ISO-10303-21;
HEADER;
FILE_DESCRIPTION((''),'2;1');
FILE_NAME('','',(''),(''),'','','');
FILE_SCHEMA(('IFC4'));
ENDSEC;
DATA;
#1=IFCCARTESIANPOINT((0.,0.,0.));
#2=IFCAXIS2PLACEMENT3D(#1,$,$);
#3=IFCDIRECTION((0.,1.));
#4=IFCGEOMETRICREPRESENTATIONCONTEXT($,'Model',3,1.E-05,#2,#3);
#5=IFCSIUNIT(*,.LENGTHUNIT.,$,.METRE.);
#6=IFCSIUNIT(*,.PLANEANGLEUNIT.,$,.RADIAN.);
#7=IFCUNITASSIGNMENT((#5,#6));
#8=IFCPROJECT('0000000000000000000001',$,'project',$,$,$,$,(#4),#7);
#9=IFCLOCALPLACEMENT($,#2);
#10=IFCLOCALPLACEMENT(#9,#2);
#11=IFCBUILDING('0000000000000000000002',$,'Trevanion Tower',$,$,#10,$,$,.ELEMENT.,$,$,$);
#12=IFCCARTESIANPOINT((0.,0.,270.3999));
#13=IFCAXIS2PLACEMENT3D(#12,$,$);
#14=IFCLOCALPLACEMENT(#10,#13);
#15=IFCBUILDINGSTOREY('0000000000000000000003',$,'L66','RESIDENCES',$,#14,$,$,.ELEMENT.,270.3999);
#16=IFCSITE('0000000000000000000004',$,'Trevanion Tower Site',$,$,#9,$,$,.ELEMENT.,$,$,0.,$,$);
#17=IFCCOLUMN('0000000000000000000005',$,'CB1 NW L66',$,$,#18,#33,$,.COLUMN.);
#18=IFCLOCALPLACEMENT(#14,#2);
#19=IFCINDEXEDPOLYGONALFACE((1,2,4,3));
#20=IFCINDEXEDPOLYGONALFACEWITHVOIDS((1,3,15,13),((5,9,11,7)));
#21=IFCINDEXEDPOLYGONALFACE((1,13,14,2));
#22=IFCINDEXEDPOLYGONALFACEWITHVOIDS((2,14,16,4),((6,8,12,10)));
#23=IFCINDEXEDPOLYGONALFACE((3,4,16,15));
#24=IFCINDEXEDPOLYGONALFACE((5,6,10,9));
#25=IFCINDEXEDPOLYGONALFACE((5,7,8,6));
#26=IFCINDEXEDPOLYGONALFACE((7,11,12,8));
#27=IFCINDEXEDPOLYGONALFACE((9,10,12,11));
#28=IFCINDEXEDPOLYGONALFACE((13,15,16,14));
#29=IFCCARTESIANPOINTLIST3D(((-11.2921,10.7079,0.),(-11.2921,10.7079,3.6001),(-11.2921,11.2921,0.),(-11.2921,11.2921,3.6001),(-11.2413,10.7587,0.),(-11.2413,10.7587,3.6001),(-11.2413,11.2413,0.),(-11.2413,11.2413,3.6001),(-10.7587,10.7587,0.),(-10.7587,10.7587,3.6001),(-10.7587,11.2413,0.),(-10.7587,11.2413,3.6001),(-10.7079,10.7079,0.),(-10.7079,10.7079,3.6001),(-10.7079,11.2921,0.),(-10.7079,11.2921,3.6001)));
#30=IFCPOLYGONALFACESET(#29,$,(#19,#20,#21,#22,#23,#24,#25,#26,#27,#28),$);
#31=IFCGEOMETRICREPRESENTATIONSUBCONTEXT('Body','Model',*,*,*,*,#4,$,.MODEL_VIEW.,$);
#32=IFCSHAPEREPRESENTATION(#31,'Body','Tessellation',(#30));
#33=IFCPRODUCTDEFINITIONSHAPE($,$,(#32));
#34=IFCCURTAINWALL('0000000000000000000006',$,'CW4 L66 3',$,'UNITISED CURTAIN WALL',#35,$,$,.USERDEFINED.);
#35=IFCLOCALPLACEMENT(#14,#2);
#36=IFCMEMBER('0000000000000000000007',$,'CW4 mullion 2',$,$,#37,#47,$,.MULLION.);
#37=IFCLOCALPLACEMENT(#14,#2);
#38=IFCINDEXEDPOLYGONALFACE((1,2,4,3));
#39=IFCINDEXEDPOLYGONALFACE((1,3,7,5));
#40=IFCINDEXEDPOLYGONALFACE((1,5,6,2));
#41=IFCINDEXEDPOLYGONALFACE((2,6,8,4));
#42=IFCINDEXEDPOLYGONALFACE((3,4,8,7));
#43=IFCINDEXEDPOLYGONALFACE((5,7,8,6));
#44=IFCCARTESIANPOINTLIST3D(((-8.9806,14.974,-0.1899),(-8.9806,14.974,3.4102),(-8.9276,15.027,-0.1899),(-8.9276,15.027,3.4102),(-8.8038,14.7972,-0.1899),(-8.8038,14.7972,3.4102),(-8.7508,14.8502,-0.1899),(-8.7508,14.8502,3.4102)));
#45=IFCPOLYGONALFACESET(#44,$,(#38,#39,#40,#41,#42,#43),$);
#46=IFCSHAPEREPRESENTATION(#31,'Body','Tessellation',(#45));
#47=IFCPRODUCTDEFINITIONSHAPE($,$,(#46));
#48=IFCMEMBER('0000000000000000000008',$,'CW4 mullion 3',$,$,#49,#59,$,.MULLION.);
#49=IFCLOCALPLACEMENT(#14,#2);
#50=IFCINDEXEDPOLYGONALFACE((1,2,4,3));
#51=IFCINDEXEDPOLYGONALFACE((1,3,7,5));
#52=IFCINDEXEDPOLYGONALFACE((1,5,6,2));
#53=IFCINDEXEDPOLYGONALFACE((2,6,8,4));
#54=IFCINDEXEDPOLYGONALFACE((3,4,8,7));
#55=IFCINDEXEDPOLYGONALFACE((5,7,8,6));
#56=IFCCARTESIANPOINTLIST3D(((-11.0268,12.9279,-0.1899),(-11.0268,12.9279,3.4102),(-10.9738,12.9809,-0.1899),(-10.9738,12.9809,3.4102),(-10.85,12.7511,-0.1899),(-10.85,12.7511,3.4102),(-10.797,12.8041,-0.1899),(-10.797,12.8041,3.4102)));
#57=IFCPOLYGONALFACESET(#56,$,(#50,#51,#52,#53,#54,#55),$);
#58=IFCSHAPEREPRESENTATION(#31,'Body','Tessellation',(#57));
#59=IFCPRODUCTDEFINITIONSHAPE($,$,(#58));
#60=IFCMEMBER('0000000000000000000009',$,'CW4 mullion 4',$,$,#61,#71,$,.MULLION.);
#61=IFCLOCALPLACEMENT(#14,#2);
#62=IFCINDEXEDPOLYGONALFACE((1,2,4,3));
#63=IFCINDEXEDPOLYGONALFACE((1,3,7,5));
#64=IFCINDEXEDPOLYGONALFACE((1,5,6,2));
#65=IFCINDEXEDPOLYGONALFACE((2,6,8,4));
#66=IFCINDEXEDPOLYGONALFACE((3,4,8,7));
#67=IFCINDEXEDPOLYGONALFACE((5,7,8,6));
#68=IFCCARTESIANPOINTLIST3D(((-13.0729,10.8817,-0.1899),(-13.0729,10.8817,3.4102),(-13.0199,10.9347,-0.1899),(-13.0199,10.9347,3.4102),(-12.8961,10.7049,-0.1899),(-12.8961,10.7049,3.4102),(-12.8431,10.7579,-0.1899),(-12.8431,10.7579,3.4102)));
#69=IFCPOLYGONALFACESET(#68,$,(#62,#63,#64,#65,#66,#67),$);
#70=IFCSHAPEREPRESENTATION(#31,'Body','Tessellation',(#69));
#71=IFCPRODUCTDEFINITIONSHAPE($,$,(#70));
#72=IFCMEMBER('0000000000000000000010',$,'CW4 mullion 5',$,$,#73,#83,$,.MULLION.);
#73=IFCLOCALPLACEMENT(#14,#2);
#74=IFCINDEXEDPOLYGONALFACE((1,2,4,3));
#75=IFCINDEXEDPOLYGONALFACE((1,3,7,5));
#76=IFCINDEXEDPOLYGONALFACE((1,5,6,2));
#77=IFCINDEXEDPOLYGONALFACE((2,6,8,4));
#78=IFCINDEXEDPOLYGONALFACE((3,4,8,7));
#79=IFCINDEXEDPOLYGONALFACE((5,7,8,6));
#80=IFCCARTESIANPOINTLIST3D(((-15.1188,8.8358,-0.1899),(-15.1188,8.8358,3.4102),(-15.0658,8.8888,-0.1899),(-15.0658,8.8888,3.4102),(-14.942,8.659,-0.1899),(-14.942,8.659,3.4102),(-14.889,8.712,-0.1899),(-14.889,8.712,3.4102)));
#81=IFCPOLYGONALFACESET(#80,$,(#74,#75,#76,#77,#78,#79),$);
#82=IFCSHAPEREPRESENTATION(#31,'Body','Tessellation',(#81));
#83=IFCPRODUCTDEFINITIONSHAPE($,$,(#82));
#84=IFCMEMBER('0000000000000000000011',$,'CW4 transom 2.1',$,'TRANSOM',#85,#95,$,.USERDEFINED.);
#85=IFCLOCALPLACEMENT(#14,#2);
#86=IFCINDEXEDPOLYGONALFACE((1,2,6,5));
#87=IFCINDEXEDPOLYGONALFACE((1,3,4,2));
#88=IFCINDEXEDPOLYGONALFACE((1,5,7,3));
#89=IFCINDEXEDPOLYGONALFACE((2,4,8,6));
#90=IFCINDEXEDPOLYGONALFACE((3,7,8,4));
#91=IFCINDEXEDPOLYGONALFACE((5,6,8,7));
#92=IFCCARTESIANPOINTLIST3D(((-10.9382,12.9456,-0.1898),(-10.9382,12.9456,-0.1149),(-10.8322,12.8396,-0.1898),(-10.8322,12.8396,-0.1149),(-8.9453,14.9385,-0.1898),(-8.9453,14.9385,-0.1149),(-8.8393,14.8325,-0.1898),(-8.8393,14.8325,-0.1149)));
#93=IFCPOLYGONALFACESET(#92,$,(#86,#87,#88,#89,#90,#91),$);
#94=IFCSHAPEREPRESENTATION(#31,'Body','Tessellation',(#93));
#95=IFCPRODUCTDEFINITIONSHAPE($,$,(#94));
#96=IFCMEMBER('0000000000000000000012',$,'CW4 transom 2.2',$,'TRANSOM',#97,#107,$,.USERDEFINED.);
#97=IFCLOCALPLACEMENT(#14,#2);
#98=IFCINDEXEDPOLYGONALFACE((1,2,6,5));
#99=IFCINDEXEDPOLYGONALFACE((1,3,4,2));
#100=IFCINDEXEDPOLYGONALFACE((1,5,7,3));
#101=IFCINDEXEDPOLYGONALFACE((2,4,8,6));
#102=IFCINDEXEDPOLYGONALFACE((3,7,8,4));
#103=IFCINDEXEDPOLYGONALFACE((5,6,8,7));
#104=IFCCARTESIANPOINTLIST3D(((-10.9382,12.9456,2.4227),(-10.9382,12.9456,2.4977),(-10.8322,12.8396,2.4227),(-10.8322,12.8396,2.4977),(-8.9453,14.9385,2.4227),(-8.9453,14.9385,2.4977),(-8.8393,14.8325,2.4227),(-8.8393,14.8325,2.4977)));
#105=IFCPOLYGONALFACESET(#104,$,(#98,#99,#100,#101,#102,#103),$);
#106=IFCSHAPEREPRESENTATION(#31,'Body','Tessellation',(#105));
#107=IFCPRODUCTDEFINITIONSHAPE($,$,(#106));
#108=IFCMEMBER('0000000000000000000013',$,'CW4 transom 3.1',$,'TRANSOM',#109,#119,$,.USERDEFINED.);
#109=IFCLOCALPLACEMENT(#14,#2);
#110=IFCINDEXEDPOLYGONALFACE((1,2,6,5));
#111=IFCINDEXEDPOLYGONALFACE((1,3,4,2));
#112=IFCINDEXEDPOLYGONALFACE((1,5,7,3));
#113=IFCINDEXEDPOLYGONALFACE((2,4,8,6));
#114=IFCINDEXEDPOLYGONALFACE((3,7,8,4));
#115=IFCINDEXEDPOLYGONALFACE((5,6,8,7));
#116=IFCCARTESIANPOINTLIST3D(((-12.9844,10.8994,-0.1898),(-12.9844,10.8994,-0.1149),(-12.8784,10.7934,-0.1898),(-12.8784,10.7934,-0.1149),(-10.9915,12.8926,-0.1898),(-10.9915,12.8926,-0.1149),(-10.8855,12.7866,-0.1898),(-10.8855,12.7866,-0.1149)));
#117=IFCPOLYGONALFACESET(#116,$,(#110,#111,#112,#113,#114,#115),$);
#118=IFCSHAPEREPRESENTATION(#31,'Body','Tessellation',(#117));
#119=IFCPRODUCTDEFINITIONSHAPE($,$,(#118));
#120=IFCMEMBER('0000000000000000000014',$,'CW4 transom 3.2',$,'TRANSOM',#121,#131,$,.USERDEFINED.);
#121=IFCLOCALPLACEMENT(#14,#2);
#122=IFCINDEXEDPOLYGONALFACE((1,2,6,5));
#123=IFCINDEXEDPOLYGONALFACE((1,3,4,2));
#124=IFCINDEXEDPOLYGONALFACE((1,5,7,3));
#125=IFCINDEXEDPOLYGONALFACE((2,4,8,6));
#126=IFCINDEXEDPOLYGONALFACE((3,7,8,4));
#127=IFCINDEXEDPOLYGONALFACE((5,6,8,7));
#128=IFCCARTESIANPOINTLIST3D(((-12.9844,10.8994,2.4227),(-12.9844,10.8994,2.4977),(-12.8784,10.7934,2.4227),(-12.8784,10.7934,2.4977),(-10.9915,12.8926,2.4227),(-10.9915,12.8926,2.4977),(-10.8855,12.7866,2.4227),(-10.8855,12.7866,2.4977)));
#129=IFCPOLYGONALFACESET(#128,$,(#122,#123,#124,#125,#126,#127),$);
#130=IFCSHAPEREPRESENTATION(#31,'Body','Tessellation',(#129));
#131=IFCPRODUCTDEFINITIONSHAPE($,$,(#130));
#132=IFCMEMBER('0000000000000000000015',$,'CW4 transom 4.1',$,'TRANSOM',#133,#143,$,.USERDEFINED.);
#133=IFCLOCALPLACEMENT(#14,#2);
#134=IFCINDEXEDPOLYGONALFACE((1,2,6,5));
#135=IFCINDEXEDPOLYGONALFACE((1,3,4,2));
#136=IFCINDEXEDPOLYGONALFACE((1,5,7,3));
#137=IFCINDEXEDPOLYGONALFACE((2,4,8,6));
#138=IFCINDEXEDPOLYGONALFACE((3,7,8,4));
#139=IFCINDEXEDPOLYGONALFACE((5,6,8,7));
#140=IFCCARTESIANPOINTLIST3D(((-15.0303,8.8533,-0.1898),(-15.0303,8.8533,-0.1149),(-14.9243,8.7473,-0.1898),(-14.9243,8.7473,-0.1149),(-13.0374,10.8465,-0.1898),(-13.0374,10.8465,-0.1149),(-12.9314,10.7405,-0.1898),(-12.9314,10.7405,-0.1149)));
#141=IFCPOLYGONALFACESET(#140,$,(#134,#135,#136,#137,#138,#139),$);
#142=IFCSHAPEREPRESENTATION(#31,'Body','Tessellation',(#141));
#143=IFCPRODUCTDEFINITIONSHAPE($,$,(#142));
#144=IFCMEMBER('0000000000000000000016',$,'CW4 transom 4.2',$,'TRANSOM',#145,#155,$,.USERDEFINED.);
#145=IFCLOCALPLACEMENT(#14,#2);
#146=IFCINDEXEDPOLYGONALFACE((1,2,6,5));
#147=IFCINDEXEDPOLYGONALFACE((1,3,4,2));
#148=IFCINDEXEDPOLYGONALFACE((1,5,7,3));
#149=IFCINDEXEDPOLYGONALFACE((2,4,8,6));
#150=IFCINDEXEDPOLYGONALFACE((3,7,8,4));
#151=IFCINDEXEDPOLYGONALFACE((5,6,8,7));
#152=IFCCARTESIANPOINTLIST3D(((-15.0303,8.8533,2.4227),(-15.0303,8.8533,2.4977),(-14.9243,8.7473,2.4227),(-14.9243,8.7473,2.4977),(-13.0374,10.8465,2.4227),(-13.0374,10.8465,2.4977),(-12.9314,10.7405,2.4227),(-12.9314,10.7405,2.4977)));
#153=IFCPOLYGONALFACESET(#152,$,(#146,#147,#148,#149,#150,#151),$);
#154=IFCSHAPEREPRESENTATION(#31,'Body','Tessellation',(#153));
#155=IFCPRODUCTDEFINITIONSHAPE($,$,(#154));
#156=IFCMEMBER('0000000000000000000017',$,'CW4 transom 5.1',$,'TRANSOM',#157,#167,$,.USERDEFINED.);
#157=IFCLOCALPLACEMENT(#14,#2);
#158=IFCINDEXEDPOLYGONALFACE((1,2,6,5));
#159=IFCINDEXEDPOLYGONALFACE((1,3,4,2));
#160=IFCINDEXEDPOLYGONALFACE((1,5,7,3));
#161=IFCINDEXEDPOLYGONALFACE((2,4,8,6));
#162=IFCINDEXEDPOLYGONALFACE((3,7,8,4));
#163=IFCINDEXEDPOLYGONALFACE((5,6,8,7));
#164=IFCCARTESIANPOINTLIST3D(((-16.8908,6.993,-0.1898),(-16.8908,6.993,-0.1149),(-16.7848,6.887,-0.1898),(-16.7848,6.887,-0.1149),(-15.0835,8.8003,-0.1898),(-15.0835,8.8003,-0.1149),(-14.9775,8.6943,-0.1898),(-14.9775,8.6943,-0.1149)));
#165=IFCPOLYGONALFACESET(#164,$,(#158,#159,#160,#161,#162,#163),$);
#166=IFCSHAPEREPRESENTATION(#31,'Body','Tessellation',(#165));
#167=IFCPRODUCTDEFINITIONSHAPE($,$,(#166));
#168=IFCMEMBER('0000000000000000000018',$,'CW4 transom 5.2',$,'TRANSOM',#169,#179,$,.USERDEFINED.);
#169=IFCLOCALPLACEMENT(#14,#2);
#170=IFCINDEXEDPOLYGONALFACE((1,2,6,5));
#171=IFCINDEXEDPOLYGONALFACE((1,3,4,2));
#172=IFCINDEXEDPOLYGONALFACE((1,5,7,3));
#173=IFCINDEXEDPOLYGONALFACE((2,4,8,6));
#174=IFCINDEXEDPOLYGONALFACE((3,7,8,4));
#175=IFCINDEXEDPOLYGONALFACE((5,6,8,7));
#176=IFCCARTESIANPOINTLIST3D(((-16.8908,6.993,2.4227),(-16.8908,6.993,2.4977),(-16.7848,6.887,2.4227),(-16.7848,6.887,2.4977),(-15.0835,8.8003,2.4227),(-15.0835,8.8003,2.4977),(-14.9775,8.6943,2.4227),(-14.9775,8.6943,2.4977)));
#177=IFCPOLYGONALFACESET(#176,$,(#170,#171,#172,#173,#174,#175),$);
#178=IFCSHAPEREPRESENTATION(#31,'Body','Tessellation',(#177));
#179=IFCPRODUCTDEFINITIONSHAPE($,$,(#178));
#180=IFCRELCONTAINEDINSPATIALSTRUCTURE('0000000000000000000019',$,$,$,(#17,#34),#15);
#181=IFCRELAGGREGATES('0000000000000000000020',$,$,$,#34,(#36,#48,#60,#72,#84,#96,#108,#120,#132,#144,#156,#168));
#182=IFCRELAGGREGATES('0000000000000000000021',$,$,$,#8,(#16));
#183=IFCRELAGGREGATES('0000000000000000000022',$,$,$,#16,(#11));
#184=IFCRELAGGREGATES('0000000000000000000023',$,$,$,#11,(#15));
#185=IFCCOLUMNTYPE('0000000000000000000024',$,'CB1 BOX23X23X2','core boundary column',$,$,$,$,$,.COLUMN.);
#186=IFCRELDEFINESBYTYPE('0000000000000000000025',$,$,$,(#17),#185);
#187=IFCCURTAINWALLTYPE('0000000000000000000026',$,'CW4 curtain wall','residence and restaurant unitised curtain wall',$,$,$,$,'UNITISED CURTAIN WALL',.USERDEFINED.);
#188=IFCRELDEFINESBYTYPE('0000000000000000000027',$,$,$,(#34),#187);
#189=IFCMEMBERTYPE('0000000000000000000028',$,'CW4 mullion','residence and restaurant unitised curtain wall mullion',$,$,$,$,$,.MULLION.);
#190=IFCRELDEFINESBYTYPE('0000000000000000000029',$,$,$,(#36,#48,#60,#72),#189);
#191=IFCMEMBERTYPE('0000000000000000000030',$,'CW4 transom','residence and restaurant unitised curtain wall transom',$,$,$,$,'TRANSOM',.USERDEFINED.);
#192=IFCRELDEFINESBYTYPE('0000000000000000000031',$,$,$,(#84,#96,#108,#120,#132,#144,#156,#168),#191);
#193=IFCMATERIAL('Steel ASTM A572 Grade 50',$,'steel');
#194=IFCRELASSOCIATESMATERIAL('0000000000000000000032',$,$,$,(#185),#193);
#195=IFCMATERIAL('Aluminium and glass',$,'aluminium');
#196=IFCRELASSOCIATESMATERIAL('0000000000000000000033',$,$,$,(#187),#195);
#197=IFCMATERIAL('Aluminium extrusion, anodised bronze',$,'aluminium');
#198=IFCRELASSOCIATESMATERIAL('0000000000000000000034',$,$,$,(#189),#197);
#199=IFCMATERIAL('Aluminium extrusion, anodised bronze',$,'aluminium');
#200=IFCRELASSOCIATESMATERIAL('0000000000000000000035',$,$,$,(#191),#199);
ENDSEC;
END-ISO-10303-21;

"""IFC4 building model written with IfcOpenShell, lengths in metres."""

from ifc_helpers import new_model, si_unit, direction, frame, origin, origin_2d, place, context, subcontext, project, spatial, rectangle, hollow_rectangle, extrude, material, material_profile, profile_set, type_object, element, aggregate, save


model = new_model("IFC4")

# Units and contexts
model_context = context("Model", 3, precision=1e-05, world=origin(), true_north=direction((0.0, 1.0)))
body_context = subcontext(model_context, "Body", "Model", "MODEL_VIEW")
ifc_project = project(units=[si_unit("LENGTHUNIT", "METRE"), si_unit("PLANEANGLEUNIT", "RADIAN")], contexts=[model_context])

# Site, building, storey
site_placement = place(None, origin())
site = spatial("IfcSite", under=ifc_project, at=site_placement, Name="Trevanion Tower Site", CompositionType="ELEMENT", RefElevation=0.0)
building_placement = place(site_placement, origin())
building = spatial("IfcBuilding", under=site, at=building_placement, Name="Trevanion Tower", CompositionType="ELEMENT")
storey_placement = place(building_placement, frame((0.0, 0.0, 270.3999)))
storey = spatial("IfcBuildingStorey", under=building, at=storey_placement, Name="L66", Description="RESIDENCES", CompositionType="ELEMENT", Elevation=270.3999)

# Column
ifc_material_1 = material(Name="Steel ASTM A572 Grade 50", Category="steel")
ifc_material_profile_1 = material_profile(ifc_material_1, hollow_rectangle(XDim=0.5842, YDim=0.5842, WallThickness=0.0508, at=origin_2d()), Name="BOX23X23X2")
ifc_profile_set_1 = profile_set([ifc_material_profile_1], Name="Steel ASTM A572 Grade 50")
column_type = type_object("IfcColumnType", Name="CB1 BOX23X23X2", Description="core boundary column", PredefinedType="COLUMN", material=ifc_profile_set_1)
column_placement = place(storey_placement, frame((-11.0, 11.0, 0.0), z_axis=(0.0, 0.0, 1.0), x_axis=(1.0, 0.0, 0.0)))
element("IfcColumn", 1, at=column_placement, inside=storey, type_object=column_type, Name="CB1 NW L66", PredefinedType="COLUMN", context=body_context, shape_type="SweptSolid", body=[
    extrude(hollow_rectangle(XDim=0.5842, YDim=0.5842, WallThickness=0.0508, at=origin_2d()), origin(), (0.0, 0.0, 1.0), 3.6001),
])

# Curtain wall, members
ifc_material_2 = material(Name="Aluminium and glass", Category="aluminium")
curtain_wall_type = type_object("IfcCurtainWallType", Name="CW4 curtain wall", Description="residence and restaurant unitised curtain wall", ElementType="UNITISED CURTAIN WALL", PredefinedType="USERDEFINED", material=ifc_material_2)
curtain_wall_placement = place(storey_placement, origin())
curtain_wall = element("IfcCurtainWall", 2, at=curtain_wall_placement, inside=storey, type_object=curtain_wall_type, Name="CW4 L66 3", ObjectType="UNITISED CURTAIN WALL", PredefinedType="USERDEFINED")
ifc_material_3 = material(Name="Aluminium extrusion, anodised bronze", Category="aluminium")
ifc_material_profile_2 = material_profile(ifc_material_3, rectangle(XDim=0.075, YDim=0.25, at=origin_2d()), Name="CW4 mullion")
ifc_profile_set_2 = profile_set([ifc_material_profile_2], Name="Aluminium extrusion, anodised bronze")
member_type_1 = type_object("IfcMemberType", Name="CW4 mullion", Description="residence and restaurant unitised curtain wall mullion", PredefinedType="MULLION", material=ifc_profile_set_2)
member_1_placement = place(storey_placement, frame((-8.8657, 14.9121, -0.1899), z_axis=(0.0, 0.0, 1.0), x_axis=(-0.707107, -0.707107, 0.0)))
member_1 = element("IfcMember", 3, at=member_1_placement, type_object=member_type_1, Name="CW4 mullion 2", PredefinedType="MULLION", context=body_context, shape_type="SweptSolid", body=[
    extrude(rectangle(XDim=0.075, YDim=0.25, at=origin_2d()), origin(), (0.0, 0.0, 1.0), 3.6001),
])
member_2_placement = place(storey_placement, frame((-10.9119, 12.866, -0.1899), z_axis=(0.0, 0.0, 1.0), x_axis=(-0.707107, -0.707107, 0.0)))
member_2 = element("IfcMember", 4, at=member_2_placement, type_object=member_type_1, Name="CW4 mullion 3", PredefinedType="MULLION", context=body_context, shape_type="SweptSolid", body=[
    extrude(rectangle(XDim=0.075, YDim=0.25, at=origin_2d()), origin(), (0.0, 0.0, 1.0), 3.6001),
])
member_3_placement = place(storey_placement, frame((-12.958, 10.8198, -0.1899), z_axis=(0.0, 0.0, 1.0), x_axis=(-0.707107, -0.707107, 0.0)))
member_3 = element("IfcMember", 5, at=member_3_placement, type_object=member_type_1, Name="CW4 mullion 4", PredefinedType="MULLION", context=body_context, shape_type="SweptSolid", body=[
    extrude(rectangle(XDim=0.075, YDim=0.25, at=origin_2d()), origin(), (0.0, 0.0, 1.0), 3.6001),
])
member_4_placement = place(storey_placement, frame((-15.0039, 8.7739, -0.1899), z_axis=(0.0, 0.0, 1.0), x_axis=(-0.707107, -0.707107, 0.0)))
member_4 = element("IfcMember", 6, at=member_4_placement, type_object=member_type_1, Name="CW4 mullion 5", PredefinedType="MULLION", context=body_context, shape_type="SweptSolid", body=[
    extrude(rectangle(XDim=0.075, YDim=0.25, at=origin_2d()), origin(), (0.0, 0.0, 1.0), 3.6001),
])
ifc_material_4 = material(Name="Aluminium extrusion, anodised bronze", Category="aluminium")
ifc_material_profile_3 = material_profile(ifc_material_4, rectangle(XDim=0.1499, YDim=0.075, at=origin_2d()), Name="CW4 transom")
ifc_profile_set_3 = profile_set([ifc_material_profile_3], Name="Aluminium extrusion, anodised bronze")
member_type_2 = type_object("IfcMemberType", Name="CW4 transom", Description="residence and restaurant unitised curtain wall transom", ElementType="TRANSOM", PredefinedType="USERDEFINED", material=ifc_profile_set_3)
member_5_placement = place(storey_placement, frame((-8.8923, 14.8855, -0.1523), z_axis=(-0.707107, -0.707107, 0.0), x_axis=(0.707107, -0.707107, 0.0)))
member_5 = element("IfcMember", 7, at=member_5_placement, type_object=member_type_2, Name="CW4 transom 2.1", ObjectType="TRANSOM", PredefinedType="USERDEFINED", context=body_context, shape_type="SweptSolid", body=[
    extrude(rectangle(XDim=0.1499, YDim=0.075, at=origin_2d()), origin(), (0.0, 0.0, 1.0), 2.8184),
])
member_6_placement = place(storey_placement, frame((-8.8923, 14.8855, 2.4602), z_axis=(-0.707107, -0.707107, 0.0), x_axis=(0.707107, -0.707107, 0.0)))
member_6 = element("IfcMember", 8, at=member_6_placement, type_object=member_type_2, Name="CW4 transom 2.2", ObjectType="TRANSOM", PredefinedType="USERDEFINED", context=body_context, shape_type="SweptSolid", body=[
    extrude(rectangle(XDim=0.1499, YDim=0.075, at=origin_2d()), origin(), (0.0, 0.0, 1.0), 2.8184),
])
member_7_placement = place(storey_placement, frame((-10.9385, 12.8396, -0.1523), z_axis=(-0.707063, -0.70715, 0.0), x_axis=(0.70715, -0.707063, 0.0)))
member_7 = element("IfcMember", 9, at=member_7_placement, type_object=member_type_2, Name="CW4 transom 3.1", ObjectType="TRANSOM", PredefinedType="USERDEFINED", context=body_context, shape_type="SweptSolid", body=[
    extrude(rectangle(XDim=0.1499, YDim=0.075, at=origin_2d()), origin(), (0.0, 0.0, 1.0), 2.8186),
])
member_8_placement = place(storey_placement, frame((-10.9385, 12.8396, 2.4602), z_axis=(-0.707063, -0.70715, 0.0), x_axis=(0.70715, -0.707063, 0.0)))
member_8 = element("IfcMember", 10, at=member_8_placement, type_object=member_type_2, Name="CW4 transom 3.2", ObjectType="TRANSOM", PredefinedType="USERDEFINED", context=body_context, shape_type="SweptSolid", body=[
    extrude(rectangle(XDim=0.1499, YDim=0.075, at=origin_2d()), origin(), (0.0, 0.0, 1.0), 2.8186),
])
member_9_placement = place(storey_placement, frame((-12.9844, 10.7935, -0.1523), z_axis=(-0.707063, -0.70715, 0.0), x_axis=(0.70715, -0.707063, 0.0)))
member_9 = element("IfcMember", 11, at=member_9_placement, type_object=member_type_2, Name="CW4 transom 4.1", ObjectType="TRANSOM", PredefinedType="USERDEFINED", context=body_context, shape_type="SweptSolid", body=[
    extrude(rectangle(XDim=0.1499, YDim=0.075, at=origin_2d()), origin(), (0.0, 0.0, 1.0), 2.8186),
])
member_10_placement = place(storey_placement, frame((-12.9844, 10.7935, 2.4602), z_axis=(-0.707063, -0.70715, 0.0), x_axis=(0.70715, -0.707063, 0.0)))
member_10 = element("IfcMember", 12, at=member_10_placement, type_object=member_type_2, Name="CW4 transom 4.2", ObjectType="TRANSOM", PredefinedType="USERDEFINED", context=body_context, shape_type="SweptSolid", body=[
    extrude(rectangle(XDim=0.1499, YDim=0.075, at=origin_2d()), origin(), (0.0, 0.0, 1.0), 2.8186),
])
member_11_placement = place(storey_placement, frame((-15.0305, 8.7473, -0.1523), z_axis=(-0.707107, -0.707107, 0.0), x_axis=(0.707107, -0.707107, 0.0)))
member_11 = element("IfcMember", 13, at=member_11_placement, type_object=member_type_2, Name="CW4 transom 5.1", ObjectType="TRANSOM", PredefinedType="USERDEFINED", context=body_context, shape_type="SweptSolid", body=[
    extrude(rectangle(XDim=0.1499, YDim=0.075, at=origin_2d()), origin(), (0.0, 0.0, 1.0), 2.5559),
])
member_12_placement = place(storey_placement, frame((-15.0305, 8.7473, 2.4602), z_axis=(-0.707107, -0.707107, 0.0), x_axis=(0.707107, -0.707107, 0.0)))
member_12 = element("IfcMember", 14, at=member_12_placement, type_object=member_type_2, Name="CW4 transom 5.2", ObjectType="TRANSOM", PredefinedType="USERDEFINED", context=body_context, shape_type="SweptSolid", body=[
    extrude(rectangle(XDim=0.1499, YDim=0.075, at=origin_2d()), origin(), (0.0, 0.0, 1.0), 2.5559),
])

aggregate(curtain_wall, [member_1, member_2, member_3, member_4, member_5, member_6, member_7, member_8, member_9, member_10, member_11, member_12])

save(model, "model.ifc")
